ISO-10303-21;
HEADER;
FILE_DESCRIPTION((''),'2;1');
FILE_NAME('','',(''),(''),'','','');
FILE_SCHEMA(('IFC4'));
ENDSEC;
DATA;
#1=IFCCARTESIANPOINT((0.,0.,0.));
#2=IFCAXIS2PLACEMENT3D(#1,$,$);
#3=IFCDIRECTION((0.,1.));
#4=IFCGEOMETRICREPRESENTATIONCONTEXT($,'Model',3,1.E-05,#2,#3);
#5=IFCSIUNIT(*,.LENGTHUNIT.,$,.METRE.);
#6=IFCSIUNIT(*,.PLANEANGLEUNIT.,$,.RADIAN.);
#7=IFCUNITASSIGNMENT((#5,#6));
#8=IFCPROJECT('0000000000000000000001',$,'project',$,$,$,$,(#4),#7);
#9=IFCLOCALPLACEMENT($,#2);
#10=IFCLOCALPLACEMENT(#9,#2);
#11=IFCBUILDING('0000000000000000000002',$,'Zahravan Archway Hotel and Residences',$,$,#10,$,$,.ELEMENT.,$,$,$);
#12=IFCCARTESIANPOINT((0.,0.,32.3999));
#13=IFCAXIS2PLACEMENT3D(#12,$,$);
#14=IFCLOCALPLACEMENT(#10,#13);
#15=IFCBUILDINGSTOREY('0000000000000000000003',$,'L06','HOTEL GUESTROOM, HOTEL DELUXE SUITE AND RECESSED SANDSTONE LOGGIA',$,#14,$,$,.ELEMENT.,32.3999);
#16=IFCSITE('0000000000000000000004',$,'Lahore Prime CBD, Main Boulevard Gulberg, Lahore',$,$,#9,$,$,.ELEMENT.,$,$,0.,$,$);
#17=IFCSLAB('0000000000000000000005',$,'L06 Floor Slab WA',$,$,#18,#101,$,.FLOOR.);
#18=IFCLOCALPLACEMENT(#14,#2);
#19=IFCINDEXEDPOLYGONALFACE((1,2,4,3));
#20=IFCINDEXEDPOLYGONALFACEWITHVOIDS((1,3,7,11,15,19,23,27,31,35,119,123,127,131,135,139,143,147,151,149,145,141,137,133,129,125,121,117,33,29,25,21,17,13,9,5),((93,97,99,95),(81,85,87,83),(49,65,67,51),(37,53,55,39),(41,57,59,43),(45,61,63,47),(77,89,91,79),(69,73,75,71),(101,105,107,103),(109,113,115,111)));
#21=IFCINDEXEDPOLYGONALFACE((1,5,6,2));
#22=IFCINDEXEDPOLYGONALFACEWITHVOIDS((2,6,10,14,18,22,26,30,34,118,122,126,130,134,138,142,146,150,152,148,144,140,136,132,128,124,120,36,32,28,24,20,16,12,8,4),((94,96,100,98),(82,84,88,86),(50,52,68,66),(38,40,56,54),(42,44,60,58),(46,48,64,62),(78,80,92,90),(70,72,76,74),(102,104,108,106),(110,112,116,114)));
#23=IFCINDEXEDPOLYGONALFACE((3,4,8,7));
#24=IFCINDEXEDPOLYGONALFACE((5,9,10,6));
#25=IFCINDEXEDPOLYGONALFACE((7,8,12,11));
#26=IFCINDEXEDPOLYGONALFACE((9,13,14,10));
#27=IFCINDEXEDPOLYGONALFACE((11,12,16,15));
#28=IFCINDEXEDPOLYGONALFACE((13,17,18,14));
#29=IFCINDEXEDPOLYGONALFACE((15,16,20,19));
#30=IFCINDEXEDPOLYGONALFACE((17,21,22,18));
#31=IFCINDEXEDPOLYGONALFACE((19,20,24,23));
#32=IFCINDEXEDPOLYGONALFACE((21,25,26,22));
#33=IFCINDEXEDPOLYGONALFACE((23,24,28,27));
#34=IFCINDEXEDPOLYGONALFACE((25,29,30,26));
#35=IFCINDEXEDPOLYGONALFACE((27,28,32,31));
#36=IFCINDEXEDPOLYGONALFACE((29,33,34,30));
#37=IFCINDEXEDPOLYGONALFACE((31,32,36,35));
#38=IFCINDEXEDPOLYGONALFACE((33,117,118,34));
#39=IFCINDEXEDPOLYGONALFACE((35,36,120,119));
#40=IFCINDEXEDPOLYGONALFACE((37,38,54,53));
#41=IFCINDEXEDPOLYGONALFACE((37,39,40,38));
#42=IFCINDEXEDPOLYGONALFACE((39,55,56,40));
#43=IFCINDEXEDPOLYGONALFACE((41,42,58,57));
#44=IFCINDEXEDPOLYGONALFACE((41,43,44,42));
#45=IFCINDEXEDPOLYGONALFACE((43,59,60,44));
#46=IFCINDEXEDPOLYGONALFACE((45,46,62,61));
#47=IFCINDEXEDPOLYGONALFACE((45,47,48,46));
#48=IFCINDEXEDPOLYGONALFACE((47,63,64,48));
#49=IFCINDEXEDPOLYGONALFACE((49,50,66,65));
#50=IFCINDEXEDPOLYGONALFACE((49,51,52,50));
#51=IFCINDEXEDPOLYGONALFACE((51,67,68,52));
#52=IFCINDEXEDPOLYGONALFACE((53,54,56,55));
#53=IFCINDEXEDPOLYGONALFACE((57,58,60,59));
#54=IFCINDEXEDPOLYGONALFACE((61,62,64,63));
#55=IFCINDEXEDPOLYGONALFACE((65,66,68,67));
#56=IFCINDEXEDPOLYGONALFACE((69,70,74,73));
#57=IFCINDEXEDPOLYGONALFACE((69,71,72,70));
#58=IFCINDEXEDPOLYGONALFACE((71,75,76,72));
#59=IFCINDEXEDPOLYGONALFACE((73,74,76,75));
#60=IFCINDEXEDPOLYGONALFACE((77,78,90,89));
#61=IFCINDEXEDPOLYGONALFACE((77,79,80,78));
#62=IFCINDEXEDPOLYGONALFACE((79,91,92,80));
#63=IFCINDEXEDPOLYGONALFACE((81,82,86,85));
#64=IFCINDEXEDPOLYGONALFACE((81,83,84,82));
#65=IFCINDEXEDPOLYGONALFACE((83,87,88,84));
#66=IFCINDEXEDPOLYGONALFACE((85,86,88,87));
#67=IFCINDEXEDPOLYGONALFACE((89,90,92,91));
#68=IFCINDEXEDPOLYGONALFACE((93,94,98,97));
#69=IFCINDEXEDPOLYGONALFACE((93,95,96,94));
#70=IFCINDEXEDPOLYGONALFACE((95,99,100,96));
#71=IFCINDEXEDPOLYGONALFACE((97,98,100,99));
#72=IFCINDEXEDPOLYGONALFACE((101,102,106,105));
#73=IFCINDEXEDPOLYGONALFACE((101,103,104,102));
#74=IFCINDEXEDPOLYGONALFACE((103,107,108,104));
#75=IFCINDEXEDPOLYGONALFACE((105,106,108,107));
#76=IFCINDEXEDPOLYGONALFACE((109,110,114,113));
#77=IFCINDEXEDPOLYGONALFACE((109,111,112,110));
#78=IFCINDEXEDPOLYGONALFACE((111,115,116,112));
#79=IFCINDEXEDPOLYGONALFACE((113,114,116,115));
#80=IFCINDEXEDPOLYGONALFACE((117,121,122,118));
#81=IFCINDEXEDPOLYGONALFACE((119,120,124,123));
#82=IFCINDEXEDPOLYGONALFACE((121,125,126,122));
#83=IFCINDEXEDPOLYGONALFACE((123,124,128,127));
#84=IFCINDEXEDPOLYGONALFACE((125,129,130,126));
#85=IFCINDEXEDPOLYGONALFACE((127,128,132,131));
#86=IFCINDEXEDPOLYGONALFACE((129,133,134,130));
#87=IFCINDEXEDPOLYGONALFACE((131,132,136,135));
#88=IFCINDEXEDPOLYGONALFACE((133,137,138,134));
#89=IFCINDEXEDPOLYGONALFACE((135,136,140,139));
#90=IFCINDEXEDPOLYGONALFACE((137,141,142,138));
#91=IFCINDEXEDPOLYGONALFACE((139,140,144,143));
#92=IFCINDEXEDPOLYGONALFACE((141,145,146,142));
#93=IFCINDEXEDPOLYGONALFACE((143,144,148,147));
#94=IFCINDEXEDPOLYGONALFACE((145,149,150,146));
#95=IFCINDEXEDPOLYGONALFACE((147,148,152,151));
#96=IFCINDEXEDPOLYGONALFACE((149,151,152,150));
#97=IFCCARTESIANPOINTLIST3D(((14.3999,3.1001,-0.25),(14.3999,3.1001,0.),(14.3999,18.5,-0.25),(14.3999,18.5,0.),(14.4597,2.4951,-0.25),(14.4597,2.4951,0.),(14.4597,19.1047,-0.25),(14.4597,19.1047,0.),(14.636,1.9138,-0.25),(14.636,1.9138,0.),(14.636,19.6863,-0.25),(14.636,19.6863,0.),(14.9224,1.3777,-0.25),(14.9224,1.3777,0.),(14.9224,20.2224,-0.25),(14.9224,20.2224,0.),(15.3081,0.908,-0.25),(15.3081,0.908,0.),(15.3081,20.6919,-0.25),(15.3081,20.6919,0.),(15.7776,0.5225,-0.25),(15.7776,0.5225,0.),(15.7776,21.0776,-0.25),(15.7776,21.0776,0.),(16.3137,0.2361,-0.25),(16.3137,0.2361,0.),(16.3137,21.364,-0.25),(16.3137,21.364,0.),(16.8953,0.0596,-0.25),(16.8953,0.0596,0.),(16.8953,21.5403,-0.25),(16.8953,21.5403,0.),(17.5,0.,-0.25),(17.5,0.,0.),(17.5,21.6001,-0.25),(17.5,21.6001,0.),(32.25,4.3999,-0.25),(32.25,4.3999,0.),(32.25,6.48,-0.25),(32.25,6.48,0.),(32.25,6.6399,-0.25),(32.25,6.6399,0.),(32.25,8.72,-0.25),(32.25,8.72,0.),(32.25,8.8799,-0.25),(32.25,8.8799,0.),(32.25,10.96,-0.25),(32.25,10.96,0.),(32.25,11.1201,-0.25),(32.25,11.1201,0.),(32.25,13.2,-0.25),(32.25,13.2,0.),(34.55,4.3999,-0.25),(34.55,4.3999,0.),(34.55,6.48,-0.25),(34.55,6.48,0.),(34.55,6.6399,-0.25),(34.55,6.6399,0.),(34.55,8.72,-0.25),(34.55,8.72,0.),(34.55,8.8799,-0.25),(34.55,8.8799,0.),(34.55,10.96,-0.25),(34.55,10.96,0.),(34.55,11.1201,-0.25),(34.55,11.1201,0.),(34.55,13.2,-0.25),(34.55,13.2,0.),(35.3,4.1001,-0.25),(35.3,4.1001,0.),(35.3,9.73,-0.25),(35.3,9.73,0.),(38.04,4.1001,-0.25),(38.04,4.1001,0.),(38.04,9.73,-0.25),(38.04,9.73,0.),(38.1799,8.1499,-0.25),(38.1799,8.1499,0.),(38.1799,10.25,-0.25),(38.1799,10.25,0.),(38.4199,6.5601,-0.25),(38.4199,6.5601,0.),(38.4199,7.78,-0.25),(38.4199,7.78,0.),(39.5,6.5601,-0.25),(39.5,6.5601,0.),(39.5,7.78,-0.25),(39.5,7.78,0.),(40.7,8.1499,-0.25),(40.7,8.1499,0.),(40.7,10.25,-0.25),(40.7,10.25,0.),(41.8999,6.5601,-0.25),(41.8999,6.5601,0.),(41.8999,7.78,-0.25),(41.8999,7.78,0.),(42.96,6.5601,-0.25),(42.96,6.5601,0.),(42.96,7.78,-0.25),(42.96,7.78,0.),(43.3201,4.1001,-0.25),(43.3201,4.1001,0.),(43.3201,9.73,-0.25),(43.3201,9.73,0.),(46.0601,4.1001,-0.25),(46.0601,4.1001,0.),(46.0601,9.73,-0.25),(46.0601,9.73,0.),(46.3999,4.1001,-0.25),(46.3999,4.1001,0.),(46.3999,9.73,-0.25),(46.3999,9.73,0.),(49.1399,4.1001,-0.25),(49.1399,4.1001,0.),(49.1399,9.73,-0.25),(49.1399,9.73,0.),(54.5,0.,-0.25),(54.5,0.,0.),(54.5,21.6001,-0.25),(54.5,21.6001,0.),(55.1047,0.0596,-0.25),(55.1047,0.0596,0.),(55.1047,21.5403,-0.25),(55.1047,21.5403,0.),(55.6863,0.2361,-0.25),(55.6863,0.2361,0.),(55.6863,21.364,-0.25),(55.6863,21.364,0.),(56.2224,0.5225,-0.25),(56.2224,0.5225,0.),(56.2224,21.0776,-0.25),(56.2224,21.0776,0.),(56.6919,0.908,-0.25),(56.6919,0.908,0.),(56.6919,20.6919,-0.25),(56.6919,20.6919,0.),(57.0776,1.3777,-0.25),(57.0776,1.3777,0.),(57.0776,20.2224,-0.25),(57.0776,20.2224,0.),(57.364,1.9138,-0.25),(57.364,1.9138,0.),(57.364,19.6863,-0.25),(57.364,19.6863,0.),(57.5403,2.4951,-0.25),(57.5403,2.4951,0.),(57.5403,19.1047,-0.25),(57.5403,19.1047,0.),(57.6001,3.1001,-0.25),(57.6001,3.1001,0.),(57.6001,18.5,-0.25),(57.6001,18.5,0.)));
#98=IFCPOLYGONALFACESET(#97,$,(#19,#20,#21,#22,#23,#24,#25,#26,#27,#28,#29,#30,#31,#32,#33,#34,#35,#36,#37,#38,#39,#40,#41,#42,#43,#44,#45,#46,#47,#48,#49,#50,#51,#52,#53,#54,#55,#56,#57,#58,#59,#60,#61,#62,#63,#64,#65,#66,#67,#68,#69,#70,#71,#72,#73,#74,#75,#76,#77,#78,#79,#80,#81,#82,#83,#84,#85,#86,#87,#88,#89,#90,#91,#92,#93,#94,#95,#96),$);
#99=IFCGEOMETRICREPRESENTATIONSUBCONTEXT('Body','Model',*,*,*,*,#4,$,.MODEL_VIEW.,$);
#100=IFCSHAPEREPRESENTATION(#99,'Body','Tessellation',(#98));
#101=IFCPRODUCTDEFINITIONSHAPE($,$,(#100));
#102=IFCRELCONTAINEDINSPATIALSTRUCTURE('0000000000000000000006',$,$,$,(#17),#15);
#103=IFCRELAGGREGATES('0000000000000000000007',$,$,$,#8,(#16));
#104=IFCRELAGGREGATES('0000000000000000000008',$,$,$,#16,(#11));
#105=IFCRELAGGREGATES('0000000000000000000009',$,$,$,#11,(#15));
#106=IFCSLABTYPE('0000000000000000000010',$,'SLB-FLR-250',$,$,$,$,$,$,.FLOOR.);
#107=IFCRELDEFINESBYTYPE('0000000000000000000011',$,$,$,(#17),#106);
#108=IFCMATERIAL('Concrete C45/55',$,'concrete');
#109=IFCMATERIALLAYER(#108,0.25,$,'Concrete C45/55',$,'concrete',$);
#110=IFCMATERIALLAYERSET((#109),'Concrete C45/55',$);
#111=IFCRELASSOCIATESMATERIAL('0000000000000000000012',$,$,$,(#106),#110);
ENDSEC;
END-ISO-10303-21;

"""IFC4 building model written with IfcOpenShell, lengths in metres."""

from ifc_helpers import new_model, si_unit, direction, frame, origin, place, context, subcontext, project, spatial, polyline, outline, extrude, material, layer, layer_set, type_object, element, save


model = new_model("IFC4")

# Units and contexts
model_context = context("Model", 3, precision=1e-05, world=origin(), true_north=direction((0.0, 1.0)))
body_context = subcontext(model_context, "Body", "Model", "MODEL_VIEW")
ifc_project = project(units=[si_unit("LENGTHUNIT", "METRE"), si_unit("PLANEANGLEUNIT", "RADIAN")], contexts=[model_context])

# Site, building, storey
site_placement = place(None, origin())
site = spatial("IfcSite", under=ifc_project, at=site_placement, Name="Lahore Prime CBD, Main Boulevard Gulberg, Lahore", CompositionType="ELEMENT", RefElevation=0.0)
building_placement = place(site_placement, origin())
building = spatial("IfcBuilding", under=site, at=building_placement, Name="Zahravan Archway Hotel and Residences", CompositionType="ELEMENT")
storey_placement = place(building_placement, frame((0.0, 0.0, 32.3999)))
storey = spatial("IfcBuildingStorey", under=building, at=storey_placement, Name="L06", Description="HOTEL GUESTROOM, HOTEL DELUXE SUITE AND RECESSED SANDSTONE LOGGIA", CompositionType="ELEMENT", Elevation=32.3999)

# Slab
ifc_material_1 = material(Name="Concrete C45/55", Category="concrete")
ifc_layer_1 = layer(ifc_material_1, 0.25, Name="Concrete C45/55", Category="concrete")
ifc_layer_set_1 = layer_set([ifc_layer_1], Name="Concrete C45/55")
slab_type_1 = type_object("IfcSlabType", Name="SLB-FLR-250", PredefinedType="FLOOR", material=ifc_layer_set_1)
slab_1_placement = place(storey_placement, frame((0.0, 0.0, -0.25)))
element("IfcSlab", 1, at=slab_1_placement, inside=storey, type_object=slab_type_1, Name="L06 Floor Slab WA", PredefinedType="FLOOR", context=body_context, shape_type="SweptSolid", body=[
    extrude(outline(polyline([(54.5, 0.0), (55.1047, 0.0596), (55.6863, 0.2361), (56.2224, 0.5225), (56.6919, 0.908), (57.0776, 1.3777), (57.364, 1.9138), (57.5403, 2.4951), (57.6001, 3.1001), (57.6001, 18.5), (57.5403, 19.1047), (57.364, 19.6863), (57.0776, 20.2224), (56.6919, 20.6919), (56.2224, 21.0776), (55.6863, 21.364), (55.1047, 21.5403), (54.5, 21.6001), (17.5, 21.6001), (16.8953, 21.5403), (16.3137, 21.364), (15.7776, 21.0776), (15.3081, 20.6919), (14.9224, 20.2224), (14.636, 19.6863), (14.4597, 19.1047), (14.3999, 18.5), (14.3999, 3.1001), (14.4597, 2.4951), (14.636, 1.9138), (14.9224, 1.3777), (15.3081, 0.908), (15.7776, 0.5225), (16.3137, 0.2361), (16.8953, 0.0596), (17.5, 0.0), (54.5, 0.0)]), holes=[polyline([(35.3, 9.73), (35.3, 4.1001), (38.04, 4.1001), (38.04, 9.73), (35.3, 9.73)]), polyline([(43.3201, 9.73), (43.3201, 4.1001), (46.0601, 4.1001), (46.0601, 9.73), (43.3201, 9.73)]), polyline([(46.3999, 9.73), (46.3999, 4.1001), (49.1399, 4.1001), (49.1399, 9.73), (46.3999, 9.73)]), polyline([(38.1799, 8.1499), (40.7, 8.1499), (40.7, 10.25), (38.1799, 10.25), (38.1799, 8.1499)]), polyline([(32.25, 4.3999), (34.55, 4.3999), (34.55, 6.48), (32.25, 6.48), (32.25, 4.3999)]), polyline([(32.25, 6.6399), (34.55, 6.6399), (34.55, 8.72), (32.25, 8.72), (32.25, 6.6399)]), polyline([(32.25, 8.8799), (34.55, 8.8799), (34.55, 10.96), (32.25, 10.96), (32.25, 8.8799)]), polyline([(32.25, 11.1201), (34.55, 11.1201), (34.55, 13.2), (32.25, 13.2), (32.25, 11.1201)]), polyline([(38.4199, 6.5601), (39.5, 6.5601), (39.5, 7.78), (38.4199, 7.78), (38.4199, 6.5601)]), polyline([(41.8999, 6.5601), (42.96, 6.5601), (42.96, 7.78), (41.8999, 7.78), (41.8999, 6.5601)])]), origin(), (0.0, 0.0, 1.0), 0.25),
])

save(model, "model.ifc")
